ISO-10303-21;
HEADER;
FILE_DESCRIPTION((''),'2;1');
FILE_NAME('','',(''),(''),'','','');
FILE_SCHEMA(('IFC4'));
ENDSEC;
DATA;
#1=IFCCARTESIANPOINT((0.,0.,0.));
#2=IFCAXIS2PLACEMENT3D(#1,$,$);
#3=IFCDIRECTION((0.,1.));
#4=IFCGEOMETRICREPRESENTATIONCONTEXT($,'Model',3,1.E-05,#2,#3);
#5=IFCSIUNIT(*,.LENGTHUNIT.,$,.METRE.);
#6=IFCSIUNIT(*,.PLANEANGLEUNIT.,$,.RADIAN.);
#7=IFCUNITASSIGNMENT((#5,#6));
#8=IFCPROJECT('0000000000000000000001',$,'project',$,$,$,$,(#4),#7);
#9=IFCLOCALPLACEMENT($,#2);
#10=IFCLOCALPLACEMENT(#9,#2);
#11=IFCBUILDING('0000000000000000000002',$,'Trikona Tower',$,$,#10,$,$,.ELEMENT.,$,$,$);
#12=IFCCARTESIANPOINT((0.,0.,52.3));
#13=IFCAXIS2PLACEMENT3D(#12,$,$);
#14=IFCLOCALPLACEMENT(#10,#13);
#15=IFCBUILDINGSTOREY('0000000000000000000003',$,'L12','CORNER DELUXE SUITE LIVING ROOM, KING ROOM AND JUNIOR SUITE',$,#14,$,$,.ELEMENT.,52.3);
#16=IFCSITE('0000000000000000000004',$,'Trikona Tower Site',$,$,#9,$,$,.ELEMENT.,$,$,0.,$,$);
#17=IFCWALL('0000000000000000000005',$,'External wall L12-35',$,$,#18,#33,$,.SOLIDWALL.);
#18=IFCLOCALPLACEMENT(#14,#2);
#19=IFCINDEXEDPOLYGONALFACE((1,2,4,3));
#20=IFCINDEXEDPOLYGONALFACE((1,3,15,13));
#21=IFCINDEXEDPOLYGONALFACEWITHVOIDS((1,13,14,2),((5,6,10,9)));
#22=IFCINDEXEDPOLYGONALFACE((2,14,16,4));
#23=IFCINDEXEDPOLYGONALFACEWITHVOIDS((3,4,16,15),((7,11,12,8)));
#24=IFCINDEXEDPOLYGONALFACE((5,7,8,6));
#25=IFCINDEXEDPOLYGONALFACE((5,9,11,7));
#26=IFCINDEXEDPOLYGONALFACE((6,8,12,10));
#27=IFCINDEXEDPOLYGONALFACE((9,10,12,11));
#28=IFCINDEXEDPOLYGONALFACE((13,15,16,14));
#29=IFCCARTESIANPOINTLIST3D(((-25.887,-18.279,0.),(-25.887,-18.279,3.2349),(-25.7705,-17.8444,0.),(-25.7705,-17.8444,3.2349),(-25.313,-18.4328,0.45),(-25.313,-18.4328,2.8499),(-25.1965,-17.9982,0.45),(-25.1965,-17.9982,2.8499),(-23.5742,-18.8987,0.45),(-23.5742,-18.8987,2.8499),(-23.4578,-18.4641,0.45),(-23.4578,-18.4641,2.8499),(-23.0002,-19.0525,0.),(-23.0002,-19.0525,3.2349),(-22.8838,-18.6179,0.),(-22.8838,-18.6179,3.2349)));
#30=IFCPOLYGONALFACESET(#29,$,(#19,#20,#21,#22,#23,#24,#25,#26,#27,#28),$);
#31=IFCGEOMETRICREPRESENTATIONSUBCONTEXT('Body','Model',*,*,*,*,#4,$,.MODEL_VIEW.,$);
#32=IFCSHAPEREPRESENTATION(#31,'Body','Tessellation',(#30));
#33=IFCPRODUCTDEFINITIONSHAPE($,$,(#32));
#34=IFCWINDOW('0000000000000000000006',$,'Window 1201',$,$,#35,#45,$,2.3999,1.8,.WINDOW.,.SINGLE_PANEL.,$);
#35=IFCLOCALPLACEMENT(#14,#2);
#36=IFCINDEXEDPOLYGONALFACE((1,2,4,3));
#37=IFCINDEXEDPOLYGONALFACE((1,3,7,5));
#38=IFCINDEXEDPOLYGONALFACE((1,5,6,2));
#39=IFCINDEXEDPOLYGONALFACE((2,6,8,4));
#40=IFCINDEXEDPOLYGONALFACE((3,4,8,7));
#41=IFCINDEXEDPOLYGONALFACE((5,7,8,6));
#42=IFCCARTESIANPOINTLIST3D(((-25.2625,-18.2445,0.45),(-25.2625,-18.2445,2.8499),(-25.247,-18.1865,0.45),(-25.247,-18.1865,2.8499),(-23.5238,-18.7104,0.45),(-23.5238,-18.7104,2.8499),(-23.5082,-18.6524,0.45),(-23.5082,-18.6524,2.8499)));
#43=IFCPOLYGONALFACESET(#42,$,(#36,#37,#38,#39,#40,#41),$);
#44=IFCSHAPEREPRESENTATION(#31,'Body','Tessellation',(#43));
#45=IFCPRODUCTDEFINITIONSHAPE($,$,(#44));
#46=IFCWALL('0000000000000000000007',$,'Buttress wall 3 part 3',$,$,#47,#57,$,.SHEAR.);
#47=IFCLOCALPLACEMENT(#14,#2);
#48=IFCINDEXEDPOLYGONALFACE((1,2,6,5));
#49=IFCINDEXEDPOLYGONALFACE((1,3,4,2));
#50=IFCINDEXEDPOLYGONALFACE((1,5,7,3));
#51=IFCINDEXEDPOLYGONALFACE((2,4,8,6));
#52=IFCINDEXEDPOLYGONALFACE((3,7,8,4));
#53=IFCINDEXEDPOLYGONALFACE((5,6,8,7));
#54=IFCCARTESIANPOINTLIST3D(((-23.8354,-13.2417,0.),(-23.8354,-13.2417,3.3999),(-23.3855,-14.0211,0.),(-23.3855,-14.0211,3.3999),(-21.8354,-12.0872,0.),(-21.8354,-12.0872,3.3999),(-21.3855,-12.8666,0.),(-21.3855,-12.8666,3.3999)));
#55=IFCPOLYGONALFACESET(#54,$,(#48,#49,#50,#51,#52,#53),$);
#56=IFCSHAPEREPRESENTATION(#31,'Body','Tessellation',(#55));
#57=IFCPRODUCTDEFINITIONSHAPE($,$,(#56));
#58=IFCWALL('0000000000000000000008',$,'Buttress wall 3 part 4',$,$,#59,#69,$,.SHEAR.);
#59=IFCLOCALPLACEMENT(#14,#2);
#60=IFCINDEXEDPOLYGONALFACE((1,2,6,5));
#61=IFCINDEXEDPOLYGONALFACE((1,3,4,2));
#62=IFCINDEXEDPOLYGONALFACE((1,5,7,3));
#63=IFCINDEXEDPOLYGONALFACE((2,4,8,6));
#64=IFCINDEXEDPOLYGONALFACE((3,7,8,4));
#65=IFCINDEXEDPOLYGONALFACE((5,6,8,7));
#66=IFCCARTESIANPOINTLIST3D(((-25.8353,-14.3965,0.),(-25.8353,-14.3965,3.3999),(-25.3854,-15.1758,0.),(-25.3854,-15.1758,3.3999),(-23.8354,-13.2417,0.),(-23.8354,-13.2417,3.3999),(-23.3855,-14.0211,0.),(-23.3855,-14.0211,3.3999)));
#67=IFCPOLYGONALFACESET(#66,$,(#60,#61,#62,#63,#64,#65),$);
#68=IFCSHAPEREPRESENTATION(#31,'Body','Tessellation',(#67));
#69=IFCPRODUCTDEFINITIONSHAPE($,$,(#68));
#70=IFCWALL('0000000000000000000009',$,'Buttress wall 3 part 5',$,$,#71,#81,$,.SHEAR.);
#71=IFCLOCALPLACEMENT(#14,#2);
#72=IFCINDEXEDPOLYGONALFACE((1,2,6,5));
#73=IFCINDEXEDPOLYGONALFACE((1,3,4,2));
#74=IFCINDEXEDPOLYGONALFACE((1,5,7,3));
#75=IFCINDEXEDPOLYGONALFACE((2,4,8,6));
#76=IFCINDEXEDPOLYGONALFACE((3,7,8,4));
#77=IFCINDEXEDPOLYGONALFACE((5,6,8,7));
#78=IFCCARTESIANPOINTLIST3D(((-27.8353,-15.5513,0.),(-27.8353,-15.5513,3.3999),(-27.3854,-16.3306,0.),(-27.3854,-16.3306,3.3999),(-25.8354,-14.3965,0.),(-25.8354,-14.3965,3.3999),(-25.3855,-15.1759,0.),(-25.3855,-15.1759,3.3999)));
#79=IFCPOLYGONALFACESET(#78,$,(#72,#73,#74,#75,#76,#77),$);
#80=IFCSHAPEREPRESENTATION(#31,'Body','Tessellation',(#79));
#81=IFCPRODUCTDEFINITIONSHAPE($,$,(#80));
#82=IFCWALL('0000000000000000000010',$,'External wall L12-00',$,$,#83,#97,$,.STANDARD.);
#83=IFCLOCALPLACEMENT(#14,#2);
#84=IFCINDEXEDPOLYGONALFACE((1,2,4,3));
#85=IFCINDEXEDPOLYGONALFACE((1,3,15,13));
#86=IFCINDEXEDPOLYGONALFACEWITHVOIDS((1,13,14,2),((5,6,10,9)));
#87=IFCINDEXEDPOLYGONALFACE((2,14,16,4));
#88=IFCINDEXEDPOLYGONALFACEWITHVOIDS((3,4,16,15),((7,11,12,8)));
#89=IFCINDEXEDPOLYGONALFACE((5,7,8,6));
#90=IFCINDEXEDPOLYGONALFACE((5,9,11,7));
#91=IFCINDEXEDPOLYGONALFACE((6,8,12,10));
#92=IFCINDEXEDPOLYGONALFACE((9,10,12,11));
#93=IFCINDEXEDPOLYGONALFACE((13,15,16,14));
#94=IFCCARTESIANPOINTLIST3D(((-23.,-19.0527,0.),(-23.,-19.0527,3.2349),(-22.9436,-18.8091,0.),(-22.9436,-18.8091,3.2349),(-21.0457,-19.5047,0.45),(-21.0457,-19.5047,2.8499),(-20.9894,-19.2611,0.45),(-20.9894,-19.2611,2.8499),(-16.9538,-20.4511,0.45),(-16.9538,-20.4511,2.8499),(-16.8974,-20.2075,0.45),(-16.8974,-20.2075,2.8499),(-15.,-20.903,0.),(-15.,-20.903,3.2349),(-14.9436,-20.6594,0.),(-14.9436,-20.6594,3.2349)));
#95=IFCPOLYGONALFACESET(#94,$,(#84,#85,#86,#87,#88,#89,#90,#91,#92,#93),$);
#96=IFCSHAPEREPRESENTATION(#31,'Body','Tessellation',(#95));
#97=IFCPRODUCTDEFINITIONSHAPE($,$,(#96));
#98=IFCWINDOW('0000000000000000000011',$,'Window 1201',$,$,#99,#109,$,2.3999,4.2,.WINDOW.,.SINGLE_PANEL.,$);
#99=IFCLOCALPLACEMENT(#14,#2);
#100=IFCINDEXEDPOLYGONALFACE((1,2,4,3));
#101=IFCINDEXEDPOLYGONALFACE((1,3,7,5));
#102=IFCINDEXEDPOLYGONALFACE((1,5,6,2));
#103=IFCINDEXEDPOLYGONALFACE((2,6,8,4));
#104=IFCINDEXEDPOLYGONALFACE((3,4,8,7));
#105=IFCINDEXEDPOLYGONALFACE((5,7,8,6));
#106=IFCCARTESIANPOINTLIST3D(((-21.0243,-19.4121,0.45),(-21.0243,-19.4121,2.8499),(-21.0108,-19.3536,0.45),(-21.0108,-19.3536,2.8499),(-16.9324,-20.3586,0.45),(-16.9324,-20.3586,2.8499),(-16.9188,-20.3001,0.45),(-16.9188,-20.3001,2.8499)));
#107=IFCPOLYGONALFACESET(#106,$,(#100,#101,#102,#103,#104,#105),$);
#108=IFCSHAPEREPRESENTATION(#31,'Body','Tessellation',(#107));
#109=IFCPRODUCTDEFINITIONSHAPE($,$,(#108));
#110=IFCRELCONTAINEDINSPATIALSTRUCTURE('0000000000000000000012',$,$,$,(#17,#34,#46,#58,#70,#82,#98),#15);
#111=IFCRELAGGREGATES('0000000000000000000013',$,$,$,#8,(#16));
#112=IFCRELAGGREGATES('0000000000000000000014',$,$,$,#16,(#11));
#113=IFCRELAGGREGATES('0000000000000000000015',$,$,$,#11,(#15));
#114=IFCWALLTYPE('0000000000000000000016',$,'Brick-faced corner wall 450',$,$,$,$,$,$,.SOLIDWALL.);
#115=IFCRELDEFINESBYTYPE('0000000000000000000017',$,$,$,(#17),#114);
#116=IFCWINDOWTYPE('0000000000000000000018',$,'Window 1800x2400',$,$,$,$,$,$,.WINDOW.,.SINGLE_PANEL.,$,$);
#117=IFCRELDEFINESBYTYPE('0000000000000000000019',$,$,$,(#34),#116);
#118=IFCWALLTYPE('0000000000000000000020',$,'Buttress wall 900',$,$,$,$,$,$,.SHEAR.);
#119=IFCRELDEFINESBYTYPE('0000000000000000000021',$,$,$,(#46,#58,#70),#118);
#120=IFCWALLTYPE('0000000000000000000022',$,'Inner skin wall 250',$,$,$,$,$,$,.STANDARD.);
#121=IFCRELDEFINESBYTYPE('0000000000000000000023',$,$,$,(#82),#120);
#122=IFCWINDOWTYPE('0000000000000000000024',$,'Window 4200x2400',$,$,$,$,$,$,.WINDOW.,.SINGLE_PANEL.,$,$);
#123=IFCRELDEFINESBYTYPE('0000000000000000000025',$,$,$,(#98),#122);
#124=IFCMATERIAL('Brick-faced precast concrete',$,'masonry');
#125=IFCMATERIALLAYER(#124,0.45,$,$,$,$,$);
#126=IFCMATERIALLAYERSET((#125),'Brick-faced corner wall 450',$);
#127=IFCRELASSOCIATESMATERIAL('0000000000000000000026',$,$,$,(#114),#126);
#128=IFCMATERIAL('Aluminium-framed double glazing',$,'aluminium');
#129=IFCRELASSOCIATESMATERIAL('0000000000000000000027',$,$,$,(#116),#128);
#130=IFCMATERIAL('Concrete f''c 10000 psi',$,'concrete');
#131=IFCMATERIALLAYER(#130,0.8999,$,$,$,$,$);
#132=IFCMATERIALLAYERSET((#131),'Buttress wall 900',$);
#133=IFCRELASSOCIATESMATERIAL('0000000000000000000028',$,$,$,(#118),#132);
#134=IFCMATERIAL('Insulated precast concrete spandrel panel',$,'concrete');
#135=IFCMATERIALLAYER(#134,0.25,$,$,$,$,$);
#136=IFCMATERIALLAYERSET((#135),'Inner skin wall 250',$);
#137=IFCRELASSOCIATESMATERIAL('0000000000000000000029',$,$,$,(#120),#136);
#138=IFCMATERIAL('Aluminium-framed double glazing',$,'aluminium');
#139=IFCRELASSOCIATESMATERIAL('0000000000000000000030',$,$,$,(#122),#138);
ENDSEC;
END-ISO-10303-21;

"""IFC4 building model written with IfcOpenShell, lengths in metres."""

from ifc_helpers import new_model, si_unit, direction, frame, frame_2d, origin, place, context, subcontext, project, spatial, rectangle, extrude, material, layer, layer_set, type_object, element, fill, save


model = new_model("IFC4")

# Units and contexts
model_context = context("Model", 3, precision=1e-05, world=origin(), true_north=direction((0.0, 1.0)))
body_context = subcontext(model_context, "Body", "Model", "MODEL_VIEW")
ifc_project = project(units=[si_unit("LENGTHUNIT", "METRE"), si_unit("PLANEANGLEUNIT", "RADIAN")], contexts=[model_context])

# Site, building, storey
site_placement = place(None, origin())
site = spatial("IfcSite", under=ifc_project, at=site_placement, Name="Trikona Tower Site", CompositionType="ELEMENT", RefElevation=0.0)
building_placement = place(site_placement, origin())
building = spatial("IfcBuilding", under=site, at=building_placement, Name="Trikona Tower", CompositionType="ELEMENT")
storey_placement = place(building_placement, frame((0.0, 0.0, 52.3)))
storey = spatial("IfcBuildingStorey", under=building, at=storey_placement, Name="L12", Description="CORNER DELUXE SUITE LIVING ROOM, KING ROOM AND JUNIOR SUITE", CompositionType="ELEMENT", Elevation=52.3)

# Wall, opening, window
ifc_material_1 = material(Name="Brick-faced precast concrete", Category="masonry")
ifc_layer_1 = layer(ifc_material_1, 0.45)
ifc_layer_set_1 = layer_set([ifc_layer_1], Name="Brick-faced corner wall 450")
wall_type_1 = type_object("IfcWallType", Name="Brick-faced corner wall 450", PredefinedType="SOLIDWALL", material=ifc_layer_set_1)
wall_1_placement = place(storey_placement, frame((-25.8286, -18.0618, 0.0), z_axis=(0.0, 0.0, 1.0), x_axis=(0.965931, -0.258801, 0.0)))
wall_1 = element("IfcWall", 1, at=wall_1_placement, inside=storey, type_object=wall_type_1, Name="External wall L12-35", PredefinedType="SOLIDWALL", context=body_context, shape_type="SweptSolid", body=[
    extrude(rectangle(XDim=2.9885, YDim=0.45, at=frame_2d((1.4941, 0.0))), origin(), (0.0, 0.0, 1.0), 3.2349),
])
opening_1_placement = place(wall_1_placement, frame((0.5942, 0.0, 0.45)))
opening_1 = element("IfcOpeningElement", 2, at=opening_1_placement, cuts=wall_1, PredefinedType="OPENING", context=body_context, shape_type="SweptSolid", body=[
    extrude(rectangle(XDim=1.8, YDim=2.3999, at=frame_2d((0.8999, 1.2))), frame((0.0, 0.2349, 0.0), z_axis=(0.0, -1.0, 0.0), x_axis=(1.0, 0.0, 0.0)), (0.0, 0.0, 1.0), 0.47),
])
ifc_material_2 = material(Name="Aluminium-framed double glazing", Category="aluminium")
window_type_1 = type_object("IfcWindowType", Name="Window 1800x2400", PartitioningType="SINGLE_PANEL", PredefinedType="WINDOW", material=ifc_material_2)
window_1_placement = place(opening_1_placement, origin())
window_1 = element("IfcWindow", 3, at=window_1_placement, inside=storey, type_object=window_type_1, Name="Window 1201", OverallHeight=2.3999, OverallWidth=1.8, PartitioningType="SINGLE_PANEL", PredefinedType="WINDOW", context=body_context, shape_type="SweptSolid", body=[
    extrude(rectangle(XDim=1.8, YDim=2.3999, at=frame_2d((0.8999, 1.2))), frame((0.0, 0.03, 0.0), z_axis=(0.0, -1.0, 0.0), x_axis=(1.0, 0.0, 0.0)), (0.0, 0.0, 1.0), 0.0601),
])
fill(opening_1, window_1)

# Walls
ifc_material_3 = material(Name="Concrete f'c 10000 psi", Category="concrete")
ifc_layer_2 = layer(ifc_material_3, 0.8999)
ifc_layer_set_2 = layer_set([ifc_layer_2], Name="Buttress wall 900")
wall_type_2 = type_object("IfcWallType", Name="Buttress wall 900", PredefinedType="SHEAR", material=ifc_layer_set_2)
for number, where, z_axis, x_axis, name in (
    (4, (-21.6104, -12.4768, 0.0), (0.0, 0.0, 1.0), (-0.866055, -0.499948, 0.0), "Buttress wall 3 part 3"),
    (5, (-23.6104, -13.6313, 0.0), (0.0, 0.0, 1.0), (-0.86601, -0.500027, 0.0), "Buttress wall 3 part 4"),
    (6, (-25.6104, -14.7861, 0.0), (0.0, 0.0, 1.0), (-0.86601, -0.500027, 0.0), "Buttress wall 3 part 5"),
):
    element("IfcWall", number, at=place(storey_placement, frame(where, z_axis=z_axis, x_axis=x_axis)), inside=storey, type_object=wall_type_2, Name=name, PredefinedType="SHEAR", context=body_context, shape_type="SweptSolid", body=[
        extrude(rectangle(XDim=2.3093, YDim=0.8999, at=frame_2d((1.1548, 0.0))), origin(), (0.0, 0.0, 1.0), 3.3999),
    ])

# Wall, opening, window
ifc_material_4 = material(Name="Insulated precast concrete spandrel panel", Category="concrete")
ifc_layer_3 = layer(ifc_material_4, 0.25)
ifc_layer_set_3 = layer_set([ifc_layer_3], Name="Inner skin wall 250")
wall_type_3 = type_object("IfcWallType", Name="Inner skin wall 250", PredefinedType="STANDARD", material=ifc_layer_set_3)
wall_2_placement = place(storey_placement, frame((-22.9717, -18.9309, 0.0), z_axis=(0.0, 0.0, 1.0), x_axis=(0.974279, -0.225344, 0.0)))
wall_2 = element("IfcWall", 7, at=wall_2_placement, inside=storey, type_object=wall_type_3, Name="External wall L12-00", PredefinedType="STANDARD", context=body_context, shape_type="SweptSolid", body=[
    extrude(rectangle(XDim=8.2112, YDim=0.25, at=frame_2d((4.1055, 0.0))), origin(), (0.0, 0.0, 1.0), 3.2349),
])
opening_2_placement = place(wall_2_placement, frame((2.0056, 0.0, 0.45)))
opening_2 = element("IfcOpeningElement", 8, at=opening_2_placement, cuts=wall_2, PredefinedType="OPENING", context=body_context, shape_type="SweptSolid", body=[
    extrude(rectangle(XDim=4.2, YDim=2.3999, at=frame_2d((2.1001, 1.2))), frame((0.0, 0.135, 0.0), z_axis=(0.0, -1.0, 0.0), x_axis=(1.0, 0.0, 0.0)), (0.0, 0.0, 1.0), 0.27),
])
ifc_material_5 = material(Name="Aluminium-framed double glazing", Category="aluminium")
window_type_2 = type_object("IfcWindowType", Name="Window 4200x2400", PartitioningType="SINGLE_PANEL", PredefinedType="WINDOW", material=ifc_material_5)
window_2_placement = place(opening_2_placement, origin())
window_2 = element("IfcWindow", 9, at=window_2_placement, inside=storey, type_object=window_type_2, Name="Window 1201", OverallHeight=2.3999, OverallWidth=4.2, PartitioningType="SINGLE_PANEL", PredefinedType="WINDOW", context=body_context, shape_type="SweptSolid", body=[
    extrude(rectangle(XDim=4.2, YDim=2.3999, at=frame_2d((2.1001, 1.2))), frame((0.0, 0.03, 0.0), z_axis=(0.0, -1.0, 0.0), x_axis=(1.0, 0.0, 0.0)), (0.0, 0.0, 1.0), 0.0601),
])
fill(opening_2, window_2)

save(model, "model.ifc")
